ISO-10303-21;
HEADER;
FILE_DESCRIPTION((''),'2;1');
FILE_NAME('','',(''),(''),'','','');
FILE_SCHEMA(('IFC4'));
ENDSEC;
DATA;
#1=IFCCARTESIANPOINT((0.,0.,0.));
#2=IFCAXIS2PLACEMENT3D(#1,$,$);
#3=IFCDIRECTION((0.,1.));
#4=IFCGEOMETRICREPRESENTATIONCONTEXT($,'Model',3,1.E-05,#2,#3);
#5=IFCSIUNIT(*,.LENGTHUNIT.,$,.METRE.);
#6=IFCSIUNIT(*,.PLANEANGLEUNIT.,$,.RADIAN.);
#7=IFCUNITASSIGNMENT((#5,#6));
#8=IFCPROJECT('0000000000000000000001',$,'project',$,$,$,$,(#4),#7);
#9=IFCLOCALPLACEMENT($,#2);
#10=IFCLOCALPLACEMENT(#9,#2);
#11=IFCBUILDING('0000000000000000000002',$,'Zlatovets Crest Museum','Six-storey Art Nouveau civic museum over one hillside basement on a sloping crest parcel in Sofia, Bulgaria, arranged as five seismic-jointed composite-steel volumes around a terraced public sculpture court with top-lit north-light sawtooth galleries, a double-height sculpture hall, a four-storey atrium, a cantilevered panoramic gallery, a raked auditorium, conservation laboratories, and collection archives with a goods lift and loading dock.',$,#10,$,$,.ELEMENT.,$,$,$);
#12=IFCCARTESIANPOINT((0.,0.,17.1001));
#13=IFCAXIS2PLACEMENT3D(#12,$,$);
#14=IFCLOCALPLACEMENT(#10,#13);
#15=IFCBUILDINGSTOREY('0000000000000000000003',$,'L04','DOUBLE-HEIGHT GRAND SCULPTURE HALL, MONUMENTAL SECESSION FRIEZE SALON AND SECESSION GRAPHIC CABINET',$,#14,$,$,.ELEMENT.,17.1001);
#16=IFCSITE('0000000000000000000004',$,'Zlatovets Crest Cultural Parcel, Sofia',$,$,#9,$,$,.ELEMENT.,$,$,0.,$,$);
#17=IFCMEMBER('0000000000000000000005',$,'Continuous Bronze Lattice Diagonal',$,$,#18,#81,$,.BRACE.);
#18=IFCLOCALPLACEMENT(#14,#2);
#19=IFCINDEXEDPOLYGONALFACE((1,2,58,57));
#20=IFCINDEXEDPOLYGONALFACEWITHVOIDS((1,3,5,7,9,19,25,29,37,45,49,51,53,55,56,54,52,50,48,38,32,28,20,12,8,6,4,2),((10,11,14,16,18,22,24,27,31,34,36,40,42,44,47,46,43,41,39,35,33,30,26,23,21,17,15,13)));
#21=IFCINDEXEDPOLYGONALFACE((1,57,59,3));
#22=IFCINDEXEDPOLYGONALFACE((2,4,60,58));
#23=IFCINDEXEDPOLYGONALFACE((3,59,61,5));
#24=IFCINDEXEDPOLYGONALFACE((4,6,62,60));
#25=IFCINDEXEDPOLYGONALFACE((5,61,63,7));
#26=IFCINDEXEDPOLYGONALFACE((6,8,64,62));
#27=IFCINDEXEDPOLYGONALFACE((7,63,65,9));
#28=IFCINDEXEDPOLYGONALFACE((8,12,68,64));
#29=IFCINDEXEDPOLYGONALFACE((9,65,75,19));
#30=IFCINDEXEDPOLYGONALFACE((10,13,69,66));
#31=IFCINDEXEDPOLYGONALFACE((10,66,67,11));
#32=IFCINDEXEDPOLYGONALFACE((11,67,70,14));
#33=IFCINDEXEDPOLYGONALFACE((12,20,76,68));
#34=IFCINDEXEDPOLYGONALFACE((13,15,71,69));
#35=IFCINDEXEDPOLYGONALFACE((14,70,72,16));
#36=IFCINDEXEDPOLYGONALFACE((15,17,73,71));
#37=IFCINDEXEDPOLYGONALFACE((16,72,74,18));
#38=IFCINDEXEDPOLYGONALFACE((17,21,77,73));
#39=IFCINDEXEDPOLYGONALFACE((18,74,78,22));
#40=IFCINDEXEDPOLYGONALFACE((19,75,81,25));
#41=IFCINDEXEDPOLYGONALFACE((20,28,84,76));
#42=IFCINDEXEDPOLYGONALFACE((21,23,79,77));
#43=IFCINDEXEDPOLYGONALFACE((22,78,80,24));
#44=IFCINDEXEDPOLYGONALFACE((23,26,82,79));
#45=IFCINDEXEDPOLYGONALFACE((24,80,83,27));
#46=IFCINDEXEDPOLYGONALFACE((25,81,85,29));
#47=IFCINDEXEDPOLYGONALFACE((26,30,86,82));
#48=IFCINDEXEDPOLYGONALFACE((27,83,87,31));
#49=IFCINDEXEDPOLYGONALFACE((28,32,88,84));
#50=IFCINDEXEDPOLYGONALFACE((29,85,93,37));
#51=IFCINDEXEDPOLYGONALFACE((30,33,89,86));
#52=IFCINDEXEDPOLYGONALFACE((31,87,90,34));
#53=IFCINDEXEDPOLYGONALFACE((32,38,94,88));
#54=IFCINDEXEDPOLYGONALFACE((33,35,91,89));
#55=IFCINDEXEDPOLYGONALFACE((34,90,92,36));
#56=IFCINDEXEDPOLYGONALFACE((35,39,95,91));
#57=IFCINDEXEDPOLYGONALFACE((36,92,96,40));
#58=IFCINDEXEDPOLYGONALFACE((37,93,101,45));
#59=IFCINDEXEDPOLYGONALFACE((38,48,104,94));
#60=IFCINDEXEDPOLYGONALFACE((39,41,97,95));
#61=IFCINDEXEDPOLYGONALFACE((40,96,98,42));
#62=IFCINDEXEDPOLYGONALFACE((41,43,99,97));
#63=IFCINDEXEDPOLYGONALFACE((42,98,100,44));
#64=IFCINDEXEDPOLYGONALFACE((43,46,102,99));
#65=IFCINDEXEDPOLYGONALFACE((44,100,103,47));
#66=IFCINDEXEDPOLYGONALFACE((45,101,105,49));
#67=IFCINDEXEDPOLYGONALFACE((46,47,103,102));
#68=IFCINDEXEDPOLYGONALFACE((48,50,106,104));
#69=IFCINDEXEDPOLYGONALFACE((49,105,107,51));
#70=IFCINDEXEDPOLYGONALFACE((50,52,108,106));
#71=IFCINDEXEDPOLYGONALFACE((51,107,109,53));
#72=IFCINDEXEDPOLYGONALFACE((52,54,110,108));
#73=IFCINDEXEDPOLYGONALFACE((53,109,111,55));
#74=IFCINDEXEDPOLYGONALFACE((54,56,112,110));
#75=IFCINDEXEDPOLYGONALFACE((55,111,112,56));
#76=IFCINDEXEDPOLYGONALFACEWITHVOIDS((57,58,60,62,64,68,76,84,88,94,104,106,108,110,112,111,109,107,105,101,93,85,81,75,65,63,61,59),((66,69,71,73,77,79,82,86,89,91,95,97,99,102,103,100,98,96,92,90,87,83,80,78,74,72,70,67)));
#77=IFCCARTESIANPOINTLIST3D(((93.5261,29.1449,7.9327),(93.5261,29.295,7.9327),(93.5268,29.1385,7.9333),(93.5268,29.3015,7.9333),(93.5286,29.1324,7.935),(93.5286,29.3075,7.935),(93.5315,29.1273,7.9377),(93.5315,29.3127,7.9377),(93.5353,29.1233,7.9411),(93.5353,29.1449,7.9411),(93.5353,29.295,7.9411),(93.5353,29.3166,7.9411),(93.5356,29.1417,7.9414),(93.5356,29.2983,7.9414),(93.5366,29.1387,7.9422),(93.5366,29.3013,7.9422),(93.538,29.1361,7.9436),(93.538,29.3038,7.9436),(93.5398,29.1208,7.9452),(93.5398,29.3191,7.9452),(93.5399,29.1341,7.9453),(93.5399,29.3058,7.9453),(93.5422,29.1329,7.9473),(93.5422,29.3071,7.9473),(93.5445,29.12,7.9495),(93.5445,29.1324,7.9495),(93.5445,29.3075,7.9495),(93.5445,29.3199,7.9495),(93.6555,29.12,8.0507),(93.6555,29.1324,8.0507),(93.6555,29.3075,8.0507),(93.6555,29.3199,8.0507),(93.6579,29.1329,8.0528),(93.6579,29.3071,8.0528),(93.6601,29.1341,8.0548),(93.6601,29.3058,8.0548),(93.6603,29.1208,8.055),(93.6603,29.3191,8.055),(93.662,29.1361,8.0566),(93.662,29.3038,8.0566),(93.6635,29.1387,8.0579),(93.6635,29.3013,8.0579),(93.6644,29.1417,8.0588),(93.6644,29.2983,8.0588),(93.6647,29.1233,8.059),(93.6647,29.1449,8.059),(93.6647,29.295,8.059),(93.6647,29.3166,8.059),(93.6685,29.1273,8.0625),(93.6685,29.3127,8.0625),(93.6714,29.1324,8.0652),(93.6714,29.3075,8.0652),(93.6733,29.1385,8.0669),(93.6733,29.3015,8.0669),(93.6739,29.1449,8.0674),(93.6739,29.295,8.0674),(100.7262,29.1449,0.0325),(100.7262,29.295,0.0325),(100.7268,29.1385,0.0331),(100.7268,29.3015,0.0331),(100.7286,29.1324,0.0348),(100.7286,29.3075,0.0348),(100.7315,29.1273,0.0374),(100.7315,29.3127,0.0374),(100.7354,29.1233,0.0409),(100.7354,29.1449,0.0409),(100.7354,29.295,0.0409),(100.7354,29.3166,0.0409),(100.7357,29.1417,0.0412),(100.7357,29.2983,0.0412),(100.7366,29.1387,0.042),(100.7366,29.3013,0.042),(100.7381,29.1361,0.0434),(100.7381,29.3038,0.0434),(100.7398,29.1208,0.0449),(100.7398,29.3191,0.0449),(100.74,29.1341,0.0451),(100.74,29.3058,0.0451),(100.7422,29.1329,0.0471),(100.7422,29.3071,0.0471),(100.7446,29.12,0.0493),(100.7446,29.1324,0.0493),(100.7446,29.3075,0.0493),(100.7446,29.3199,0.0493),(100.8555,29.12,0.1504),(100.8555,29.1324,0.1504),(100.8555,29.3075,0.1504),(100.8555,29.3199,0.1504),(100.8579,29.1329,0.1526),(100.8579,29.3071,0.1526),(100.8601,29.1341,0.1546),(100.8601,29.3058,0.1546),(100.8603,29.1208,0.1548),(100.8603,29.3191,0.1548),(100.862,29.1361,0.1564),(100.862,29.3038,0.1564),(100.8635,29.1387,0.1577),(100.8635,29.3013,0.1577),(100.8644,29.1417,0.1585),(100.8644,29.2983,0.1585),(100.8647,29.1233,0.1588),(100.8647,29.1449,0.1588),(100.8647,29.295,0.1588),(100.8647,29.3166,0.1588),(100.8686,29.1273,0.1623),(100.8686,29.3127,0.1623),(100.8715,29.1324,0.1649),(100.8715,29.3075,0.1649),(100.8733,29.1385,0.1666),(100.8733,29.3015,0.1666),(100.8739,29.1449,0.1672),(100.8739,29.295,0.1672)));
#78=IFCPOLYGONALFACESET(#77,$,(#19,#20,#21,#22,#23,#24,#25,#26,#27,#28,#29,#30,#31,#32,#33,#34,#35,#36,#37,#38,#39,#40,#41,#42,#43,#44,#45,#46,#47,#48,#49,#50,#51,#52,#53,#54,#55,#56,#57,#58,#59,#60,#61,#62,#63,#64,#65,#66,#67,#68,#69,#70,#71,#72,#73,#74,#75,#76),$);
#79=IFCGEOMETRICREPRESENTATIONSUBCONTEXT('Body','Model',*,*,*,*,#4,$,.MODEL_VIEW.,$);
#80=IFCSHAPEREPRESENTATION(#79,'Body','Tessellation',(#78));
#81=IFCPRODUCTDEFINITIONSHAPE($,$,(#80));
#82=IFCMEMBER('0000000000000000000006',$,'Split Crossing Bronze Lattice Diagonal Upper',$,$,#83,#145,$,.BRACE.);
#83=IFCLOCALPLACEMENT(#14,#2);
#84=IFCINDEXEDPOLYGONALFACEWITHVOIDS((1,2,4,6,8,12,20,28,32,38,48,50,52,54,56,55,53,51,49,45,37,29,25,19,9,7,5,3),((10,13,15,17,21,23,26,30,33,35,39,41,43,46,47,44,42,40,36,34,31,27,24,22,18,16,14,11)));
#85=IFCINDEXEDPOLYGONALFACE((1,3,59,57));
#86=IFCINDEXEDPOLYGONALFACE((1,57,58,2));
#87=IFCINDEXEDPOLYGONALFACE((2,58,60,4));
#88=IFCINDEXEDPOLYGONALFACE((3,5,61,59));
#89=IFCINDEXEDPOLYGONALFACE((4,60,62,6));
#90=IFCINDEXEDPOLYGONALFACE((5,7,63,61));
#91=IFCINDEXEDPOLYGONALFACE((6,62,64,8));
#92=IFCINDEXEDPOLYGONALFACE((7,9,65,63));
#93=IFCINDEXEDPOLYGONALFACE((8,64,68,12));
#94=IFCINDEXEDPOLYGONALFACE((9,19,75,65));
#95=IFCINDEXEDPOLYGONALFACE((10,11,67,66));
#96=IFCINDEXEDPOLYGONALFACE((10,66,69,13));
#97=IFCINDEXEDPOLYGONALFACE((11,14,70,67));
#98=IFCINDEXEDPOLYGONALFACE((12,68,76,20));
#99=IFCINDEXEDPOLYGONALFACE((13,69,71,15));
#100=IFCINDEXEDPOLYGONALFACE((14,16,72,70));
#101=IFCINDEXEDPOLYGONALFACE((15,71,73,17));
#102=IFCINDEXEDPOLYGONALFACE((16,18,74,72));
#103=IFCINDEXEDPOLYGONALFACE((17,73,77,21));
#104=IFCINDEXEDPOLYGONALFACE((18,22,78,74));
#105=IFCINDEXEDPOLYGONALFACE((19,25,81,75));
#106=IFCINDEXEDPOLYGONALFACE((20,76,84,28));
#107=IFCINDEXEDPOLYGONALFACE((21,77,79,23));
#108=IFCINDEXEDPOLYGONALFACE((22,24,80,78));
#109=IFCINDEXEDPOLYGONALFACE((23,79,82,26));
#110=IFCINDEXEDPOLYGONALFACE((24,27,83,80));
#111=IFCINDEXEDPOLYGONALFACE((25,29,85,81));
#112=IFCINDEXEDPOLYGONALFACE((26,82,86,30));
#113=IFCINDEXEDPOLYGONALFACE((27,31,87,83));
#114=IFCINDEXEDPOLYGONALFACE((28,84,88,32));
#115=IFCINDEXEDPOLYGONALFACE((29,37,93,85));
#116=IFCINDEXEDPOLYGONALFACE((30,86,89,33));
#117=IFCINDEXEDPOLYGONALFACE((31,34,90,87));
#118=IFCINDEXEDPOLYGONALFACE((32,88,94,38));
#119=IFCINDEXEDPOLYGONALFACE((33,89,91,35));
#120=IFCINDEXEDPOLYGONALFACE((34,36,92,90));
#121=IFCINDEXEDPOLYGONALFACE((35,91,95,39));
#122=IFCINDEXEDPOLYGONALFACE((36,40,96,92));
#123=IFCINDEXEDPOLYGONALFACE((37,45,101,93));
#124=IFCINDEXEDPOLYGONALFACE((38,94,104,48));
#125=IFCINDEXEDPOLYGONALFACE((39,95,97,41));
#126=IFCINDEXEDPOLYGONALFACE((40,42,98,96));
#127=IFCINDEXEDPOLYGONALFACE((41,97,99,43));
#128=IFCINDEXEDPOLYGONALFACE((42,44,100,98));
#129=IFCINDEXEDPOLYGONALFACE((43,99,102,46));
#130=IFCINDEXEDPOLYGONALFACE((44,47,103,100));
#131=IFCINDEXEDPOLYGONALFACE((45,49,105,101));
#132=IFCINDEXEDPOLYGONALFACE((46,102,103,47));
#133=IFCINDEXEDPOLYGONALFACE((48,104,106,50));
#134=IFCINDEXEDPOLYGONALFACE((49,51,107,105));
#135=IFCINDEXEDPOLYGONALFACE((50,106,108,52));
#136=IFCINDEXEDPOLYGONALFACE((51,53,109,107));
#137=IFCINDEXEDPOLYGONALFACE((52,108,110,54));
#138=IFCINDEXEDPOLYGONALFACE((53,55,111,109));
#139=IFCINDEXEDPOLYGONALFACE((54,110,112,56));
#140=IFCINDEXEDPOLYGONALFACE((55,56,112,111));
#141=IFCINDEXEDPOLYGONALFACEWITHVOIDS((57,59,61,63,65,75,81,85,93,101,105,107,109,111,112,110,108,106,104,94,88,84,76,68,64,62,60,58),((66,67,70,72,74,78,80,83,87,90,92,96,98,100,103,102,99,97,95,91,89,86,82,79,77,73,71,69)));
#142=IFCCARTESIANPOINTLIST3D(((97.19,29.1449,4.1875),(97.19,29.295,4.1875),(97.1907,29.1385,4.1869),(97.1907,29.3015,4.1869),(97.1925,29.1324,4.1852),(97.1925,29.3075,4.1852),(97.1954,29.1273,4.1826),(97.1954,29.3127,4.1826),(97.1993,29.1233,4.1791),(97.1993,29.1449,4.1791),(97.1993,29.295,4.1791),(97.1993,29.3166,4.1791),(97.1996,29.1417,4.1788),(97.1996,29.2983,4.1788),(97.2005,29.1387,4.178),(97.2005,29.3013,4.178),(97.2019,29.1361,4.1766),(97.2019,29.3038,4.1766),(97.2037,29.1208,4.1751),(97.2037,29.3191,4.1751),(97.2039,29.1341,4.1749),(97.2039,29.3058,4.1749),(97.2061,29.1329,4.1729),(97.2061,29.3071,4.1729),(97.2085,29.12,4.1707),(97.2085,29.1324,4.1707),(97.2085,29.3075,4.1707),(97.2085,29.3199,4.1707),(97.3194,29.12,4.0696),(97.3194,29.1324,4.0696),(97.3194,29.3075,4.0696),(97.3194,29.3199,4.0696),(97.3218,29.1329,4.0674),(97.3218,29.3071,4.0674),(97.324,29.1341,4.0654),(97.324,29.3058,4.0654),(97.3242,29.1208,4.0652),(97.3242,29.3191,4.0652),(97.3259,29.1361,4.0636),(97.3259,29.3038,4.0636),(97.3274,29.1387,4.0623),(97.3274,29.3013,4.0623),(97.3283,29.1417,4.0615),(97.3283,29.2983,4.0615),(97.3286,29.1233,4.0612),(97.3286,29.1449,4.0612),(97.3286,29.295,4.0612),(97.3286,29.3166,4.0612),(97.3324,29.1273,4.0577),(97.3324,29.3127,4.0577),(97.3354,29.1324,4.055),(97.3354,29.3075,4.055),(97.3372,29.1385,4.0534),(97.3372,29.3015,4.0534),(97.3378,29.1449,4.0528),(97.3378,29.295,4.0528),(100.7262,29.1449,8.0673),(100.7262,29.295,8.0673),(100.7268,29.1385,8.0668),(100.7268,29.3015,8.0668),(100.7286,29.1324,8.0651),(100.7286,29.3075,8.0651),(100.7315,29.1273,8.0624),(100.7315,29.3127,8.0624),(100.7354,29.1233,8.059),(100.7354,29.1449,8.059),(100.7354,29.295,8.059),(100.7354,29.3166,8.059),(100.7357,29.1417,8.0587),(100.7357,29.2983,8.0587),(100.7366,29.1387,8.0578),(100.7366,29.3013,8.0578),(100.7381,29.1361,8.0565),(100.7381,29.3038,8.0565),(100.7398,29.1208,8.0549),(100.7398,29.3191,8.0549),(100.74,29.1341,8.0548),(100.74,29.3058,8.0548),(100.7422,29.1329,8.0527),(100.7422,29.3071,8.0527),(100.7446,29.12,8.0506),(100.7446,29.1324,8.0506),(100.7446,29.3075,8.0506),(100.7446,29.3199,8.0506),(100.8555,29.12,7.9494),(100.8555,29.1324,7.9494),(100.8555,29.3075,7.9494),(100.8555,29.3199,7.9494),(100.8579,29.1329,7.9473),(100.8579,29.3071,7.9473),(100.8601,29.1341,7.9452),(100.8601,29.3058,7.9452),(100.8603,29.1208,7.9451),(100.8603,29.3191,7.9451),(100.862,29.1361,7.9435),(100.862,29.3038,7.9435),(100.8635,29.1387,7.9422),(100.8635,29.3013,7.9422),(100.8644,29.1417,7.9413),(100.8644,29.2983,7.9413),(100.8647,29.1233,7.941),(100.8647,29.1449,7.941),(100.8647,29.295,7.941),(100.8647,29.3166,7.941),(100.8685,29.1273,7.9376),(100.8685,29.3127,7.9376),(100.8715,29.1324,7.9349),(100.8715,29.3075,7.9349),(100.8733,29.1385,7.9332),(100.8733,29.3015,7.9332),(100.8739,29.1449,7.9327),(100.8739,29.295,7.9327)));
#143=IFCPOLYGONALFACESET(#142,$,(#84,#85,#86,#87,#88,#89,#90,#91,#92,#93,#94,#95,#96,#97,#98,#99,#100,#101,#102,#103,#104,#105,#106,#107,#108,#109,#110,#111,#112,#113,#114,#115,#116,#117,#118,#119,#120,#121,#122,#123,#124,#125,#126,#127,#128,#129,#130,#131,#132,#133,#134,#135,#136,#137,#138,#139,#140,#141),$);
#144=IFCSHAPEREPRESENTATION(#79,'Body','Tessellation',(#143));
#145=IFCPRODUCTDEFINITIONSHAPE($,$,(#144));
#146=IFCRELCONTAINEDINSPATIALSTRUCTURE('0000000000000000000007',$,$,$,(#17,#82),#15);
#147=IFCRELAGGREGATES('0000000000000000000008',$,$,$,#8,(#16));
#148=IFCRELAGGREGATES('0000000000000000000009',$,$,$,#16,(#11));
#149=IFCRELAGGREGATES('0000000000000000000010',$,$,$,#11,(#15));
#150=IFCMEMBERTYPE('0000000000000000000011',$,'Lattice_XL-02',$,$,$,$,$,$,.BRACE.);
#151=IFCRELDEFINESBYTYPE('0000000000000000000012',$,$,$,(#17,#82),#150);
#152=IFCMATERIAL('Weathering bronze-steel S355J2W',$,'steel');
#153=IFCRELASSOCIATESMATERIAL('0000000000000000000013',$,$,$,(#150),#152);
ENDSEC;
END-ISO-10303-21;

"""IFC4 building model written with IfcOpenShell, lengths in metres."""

from ifc_helpers import new_model, si_unit, direction, frame, origin, origin_2d, place, context, subcontext, project, spatial, hollow_rectangle, extrude, material, material_profile, profile_set, type_object, element, save


model = new_model("IFC4")

# Units and contexts
model_context = context("Model", 3, precision=1e-05, world=origin(), true_north=direction((0.0, 1.0)))
body_context = subcontext(model_context, "Body", "Model", "MODEL_VIEW")
ifc_project = project(units=[si_unit("LENGTHUNIT", "METRE"), si_unit("PLANEANGLEUNIT", "RADIAN")], contexts=[model_context])

# Site, building, storey
site_placement = place(None, origin())
site = spatial("IfcSite", under=ifc_project, at=site_placement, Name="Zlatovets Crest Cultural Parcel, Sofia", CompositionType="ELEMENT", RefElevation=0.0)
building_placement = place(site_placement, origin())
building = spatial("IfcBuilding", under=site, at=building_placement, Name="Zlatovets Crest Museum", Description="Six-storey Art Nouveau civic museum over one hillside basement on a sloping crest parcel in Sofia, Bulgaria, arranged as five seismic-jointed composite-steel volumes around a terraced public sculpture court with top-lit north-light sawtooth galleries, a double-height sculpture hall, a four-storey atrium, a cantilevered panoramic gallery, a raked auditorium, conservation laboratories, and collection archives with a goods lift and loading dock.", CompositionType="ELEMENT")
storey_placement = place(building_placement, frame((0.0, 0.0, 17.1001)))
storey = spatial("IfcBuildingStorey", under=building, at=storey_placement, Name="L04", Description="DOUBLE-HEIGHT GRAND SCULPTURE HALL, MONUMENTAL SECESSION FRIEZE SALON AND SECESSION GRAPHIC CABINET", CompositionType="ELEMENT", Elevation=17.1001)

# Members
ifc_material_1 = material(Name="Weathering bronze-steel S355J2W", Category="steel")
ifc_material_profile_1 = material_profile(ifc_material_1, hollow_rectangle(XDim=0.2, YDim=0.2, WallThickness=0.0125, InnerFilletRadius=0.0125, OuterFilletRadius=0.0249, at=origin_2d()), Name="SHS 200x200x12.5")
ifc_profile_set_1 = profile_set([ifc_material_profile_1], Name="Weathering bronze-steel S355J2W")
member_type_1 = type_object("IfcMemberType", Name="Lattice_XL-02", PredefinedType="BRACE", material=ifc_profile_set_1)
member_1_placement = place(storey_placement, frame((100.8, 29.22, 0.0999), z_axis=(-0.673594, 0.0, 0.739101), x_axis=(0.0, -1.0, 0.0)))
element("IfcMember", 1, at=member_1_placement, inside=storey, type_object=member_type_1, Name="Continuous Bronze Lattice Diagonal", PredefinedType="BRACE", context=body_context, shape_type="SweptSolid", body=[
    extrude(hollow_rectangle(XDim=0.2, YDim=0.2, WallThickness=0.0125, InnerFilletRadius=0.0125, OuterFilletRadius=0.0249, at=origin_2d()), origin(), (0.0, 0.0, 1.0), 10.689),
])
member_2_placement = place(storey_placement, frame((100.8, 29.22, 8.0), z_axis=(-0.673607, 0.0, -0.739089), x_axis=(0.0, -1.0, 0.0)))
element("IfcMember", 2, at=member_2_placement, inside=storey, type_object=member_type_1, Name="Split Crossing Bronze Lattice Diagonal Upper", PredefinedType="BRACE", context=body_context, shape_type="SweptSolid", body=[
    extrude(hollow_rectangle(XDim=0.2, YDim=0.2, WallThickness=0.0125, InnerFilletRadius=0.0125, OuterFilletRadius=0.0249, at=origin_2d()), origin(), (0.0, 0.0, 1.0), 5.2495),
])

save(model, "model.ifc")
